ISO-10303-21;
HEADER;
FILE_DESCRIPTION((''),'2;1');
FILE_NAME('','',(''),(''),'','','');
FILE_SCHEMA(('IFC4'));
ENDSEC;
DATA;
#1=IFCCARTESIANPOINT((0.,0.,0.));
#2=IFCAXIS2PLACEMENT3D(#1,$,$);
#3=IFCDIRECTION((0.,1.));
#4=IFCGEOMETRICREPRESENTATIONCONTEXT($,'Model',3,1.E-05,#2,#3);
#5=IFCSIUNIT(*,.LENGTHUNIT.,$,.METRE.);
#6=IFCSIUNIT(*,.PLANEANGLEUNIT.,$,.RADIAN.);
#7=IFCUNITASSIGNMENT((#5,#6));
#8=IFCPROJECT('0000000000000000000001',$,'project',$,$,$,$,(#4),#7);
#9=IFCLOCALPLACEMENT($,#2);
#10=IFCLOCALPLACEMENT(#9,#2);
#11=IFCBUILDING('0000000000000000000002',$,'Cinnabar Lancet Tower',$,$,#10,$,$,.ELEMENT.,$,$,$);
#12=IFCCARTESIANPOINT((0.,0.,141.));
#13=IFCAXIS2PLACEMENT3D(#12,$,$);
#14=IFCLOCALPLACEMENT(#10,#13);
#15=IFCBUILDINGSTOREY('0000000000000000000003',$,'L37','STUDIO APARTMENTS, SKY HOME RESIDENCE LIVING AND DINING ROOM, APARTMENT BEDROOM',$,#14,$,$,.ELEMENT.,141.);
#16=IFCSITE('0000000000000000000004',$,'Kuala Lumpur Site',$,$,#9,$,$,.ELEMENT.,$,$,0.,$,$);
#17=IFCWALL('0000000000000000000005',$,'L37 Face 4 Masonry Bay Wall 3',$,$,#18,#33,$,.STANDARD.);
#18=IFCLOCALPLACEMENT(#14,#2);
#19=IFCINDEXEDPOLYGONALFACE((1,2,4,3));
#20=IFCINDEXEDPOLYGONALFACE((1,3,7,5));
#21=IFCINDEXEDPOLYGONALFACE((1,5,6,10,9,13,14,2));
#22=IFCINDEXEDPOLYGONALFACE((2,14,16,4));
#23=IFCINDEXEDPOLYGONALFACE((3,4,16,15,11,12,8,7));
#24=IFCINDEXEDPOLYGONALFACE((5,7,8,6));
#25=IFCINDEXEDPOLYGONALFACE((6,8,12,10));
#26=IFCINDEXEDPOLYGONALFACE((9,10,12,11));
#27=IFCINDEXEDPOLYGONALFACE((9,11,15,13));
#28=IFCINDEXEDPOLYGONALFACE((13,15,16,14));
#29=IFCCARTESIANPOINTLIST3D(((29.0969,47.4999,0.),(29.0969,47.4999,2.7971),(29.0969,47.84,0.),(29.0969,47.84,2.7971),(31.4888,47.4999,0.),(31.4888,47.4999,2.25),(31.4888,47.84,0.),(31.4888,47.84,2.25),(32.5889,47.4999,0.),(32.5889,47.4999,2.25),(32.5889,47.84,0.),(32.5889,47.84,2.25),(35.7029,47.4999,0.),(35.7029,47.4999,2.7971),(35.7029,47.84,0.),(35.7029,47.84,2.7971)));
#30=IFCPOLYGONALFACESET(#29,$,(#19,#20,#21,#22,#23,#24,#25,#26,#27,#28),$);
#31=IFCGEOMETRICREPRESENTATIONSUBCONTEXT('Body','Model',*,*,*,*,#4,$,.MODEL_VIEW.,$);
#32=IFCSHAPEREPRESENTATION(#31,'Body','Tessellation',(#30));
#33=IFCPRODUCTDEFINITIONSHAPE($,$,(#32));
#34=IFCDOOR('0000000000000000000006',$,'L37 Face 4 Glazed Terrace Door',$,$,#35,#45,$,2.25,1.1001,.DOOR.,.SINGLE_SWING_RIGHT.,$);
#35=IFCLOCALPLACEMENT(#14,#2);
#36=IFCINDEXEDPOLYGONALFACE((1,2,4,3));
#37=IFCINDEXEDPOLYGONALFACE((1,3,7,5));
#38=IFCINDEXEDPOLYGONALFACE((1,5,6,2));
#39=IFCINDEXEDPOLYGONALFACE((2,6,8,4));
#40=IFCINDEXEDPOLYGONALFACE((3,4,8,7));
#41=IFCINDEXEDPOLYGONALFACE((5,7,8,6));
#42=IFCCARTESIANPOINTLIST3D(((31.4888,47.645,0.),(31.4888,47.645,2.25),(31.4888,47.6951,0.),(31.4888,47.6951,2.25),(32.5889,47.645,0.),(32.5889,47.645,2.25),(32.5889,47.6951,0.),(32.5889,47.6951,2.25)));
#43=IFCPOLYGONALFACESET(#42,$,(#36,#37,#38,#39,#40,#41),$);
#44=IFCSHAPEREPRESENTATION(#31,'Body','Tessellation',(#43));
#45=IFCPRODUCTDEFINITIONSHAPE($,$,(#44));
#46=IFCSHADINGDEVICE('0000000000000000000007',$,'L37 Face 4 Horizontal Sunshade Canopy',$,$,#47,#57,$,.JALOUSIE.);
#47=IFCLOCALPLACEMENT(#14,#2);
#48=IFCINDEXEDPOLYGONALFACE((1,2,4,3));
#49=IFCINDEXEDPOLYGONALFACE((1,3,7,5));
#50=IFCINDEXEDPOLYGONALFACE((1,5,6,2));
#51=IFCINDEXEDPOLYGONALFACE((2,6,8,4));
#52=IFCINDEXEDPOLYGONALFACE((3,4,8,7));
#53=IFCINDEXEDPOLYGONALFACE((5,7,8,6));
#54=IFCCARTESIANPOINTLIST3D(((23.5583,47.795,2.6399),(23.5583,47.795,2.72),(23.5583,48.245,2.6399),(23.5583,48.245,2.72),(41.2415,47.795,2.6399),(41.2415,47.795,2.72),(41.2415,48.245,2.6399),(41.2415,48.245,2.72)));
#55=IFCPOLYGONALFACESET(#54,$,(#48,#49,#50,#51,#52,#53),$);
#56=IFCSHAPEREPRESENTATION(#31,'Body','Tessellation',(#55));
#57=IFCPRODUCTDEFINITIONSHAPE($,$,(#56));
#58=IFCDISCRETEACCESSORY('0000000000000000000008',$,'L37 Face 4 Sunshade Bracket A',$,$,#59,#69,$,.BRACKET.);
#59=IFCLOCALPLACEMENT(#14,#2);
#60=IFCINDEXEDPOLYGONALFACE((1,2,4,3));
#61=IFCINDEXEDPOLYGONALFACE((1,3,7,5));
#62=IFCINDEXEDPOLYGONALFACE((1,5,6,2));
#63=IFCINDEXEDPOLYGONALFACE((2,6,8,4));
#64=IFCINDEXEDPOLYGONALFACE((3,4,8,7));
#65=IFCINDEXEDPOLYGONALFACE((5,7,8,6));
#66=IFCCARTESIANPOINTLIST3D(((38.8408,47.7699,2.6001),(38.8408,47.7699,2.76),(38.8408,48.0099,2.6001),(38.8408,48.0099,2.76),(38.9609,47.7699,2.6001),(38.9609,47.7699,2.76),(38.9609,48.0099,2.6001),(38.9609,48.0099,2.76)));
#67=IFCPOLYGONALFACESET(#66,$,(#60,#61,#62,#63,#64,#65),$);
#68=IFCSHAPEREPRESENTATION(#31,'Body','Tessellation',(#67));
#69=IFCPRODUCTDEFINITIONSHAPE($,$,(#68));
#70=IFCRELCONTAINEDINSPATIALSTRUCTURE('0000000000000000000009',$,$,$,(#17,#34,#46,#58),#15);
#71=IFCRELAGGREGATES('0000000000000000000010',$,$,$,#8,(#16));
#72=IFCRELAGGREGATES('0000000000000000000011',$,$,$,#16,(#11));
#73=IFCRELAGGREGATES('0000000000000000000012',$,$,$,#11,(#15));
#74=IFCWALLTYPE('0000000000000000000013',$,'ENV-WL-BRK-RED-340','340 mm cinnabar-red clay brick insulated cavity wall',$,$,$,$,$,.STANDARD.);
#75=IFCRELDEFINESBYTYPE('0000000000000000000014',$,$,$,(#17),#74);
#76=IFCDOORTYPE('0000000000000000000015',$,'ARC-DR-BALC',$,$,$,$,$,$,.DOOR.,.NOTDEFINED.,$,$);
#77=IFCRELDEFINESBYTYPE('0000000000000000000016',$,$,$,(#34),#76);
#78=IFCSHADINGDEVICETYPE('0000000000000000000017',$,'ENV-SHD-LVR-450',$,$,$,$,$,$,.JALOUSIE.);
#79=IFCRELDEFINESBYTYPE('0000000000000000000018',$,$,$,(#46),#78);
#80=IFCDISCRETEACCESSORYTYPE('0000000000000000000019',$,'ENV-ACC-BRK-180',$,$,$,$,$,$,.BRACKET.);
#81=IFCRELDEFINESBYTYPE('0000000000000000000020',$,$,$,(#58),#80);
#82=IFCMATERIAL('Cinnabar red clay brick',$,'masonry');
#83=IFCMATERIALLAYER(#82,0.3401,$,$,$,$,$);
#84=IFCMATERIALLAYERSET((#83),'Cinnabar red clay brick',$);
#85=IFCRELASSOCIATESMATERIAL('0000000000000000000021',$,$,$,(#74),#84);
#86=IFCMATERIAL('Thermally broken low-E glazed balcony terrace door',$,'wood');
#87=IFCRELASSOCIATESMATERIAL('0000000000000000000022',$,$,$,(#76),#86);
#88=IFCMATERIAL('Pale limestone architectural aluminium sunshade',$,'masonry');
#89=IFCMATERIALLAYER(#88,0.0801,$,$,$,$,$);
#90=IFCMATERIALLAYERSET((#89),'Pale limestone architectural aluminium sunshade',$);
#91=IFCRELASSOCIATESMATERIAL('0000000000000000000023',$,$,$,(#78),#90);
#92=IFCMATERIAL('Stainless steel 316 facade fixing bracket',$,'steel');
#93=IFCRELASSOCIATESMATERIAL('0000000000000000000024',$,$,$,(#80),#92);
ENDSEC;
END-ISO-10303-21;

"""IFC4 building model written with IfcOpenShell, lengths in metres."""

from ifc_helpers import new_model, si_unit, direction, frame, frame_2d, origin, origin_2d, place, context, subcontext, project, spatial, rectangle, extrude, material, layer, layer_set, type_object, element, fill, save


model = new_model("IFC4")

# Units and contexts
model_context = context("Model", 3, precision=1e-05, world=origin(), true_north=direction((0.0, 1.0)))
body_context = subcontext(model_context, "Body", "Model", "MODEL_VIEW")
ifc_project = project(units=[si_unit("LENGTHUNIT", "METRE"), si_unit("PLANEANGLEUNIT", "RADIAN")], contexts=[model_context])

# Site, building, storey
site_placement = place(None, origin())
site = spatial("IfcSite", under=ifc_project, at=site_placement, Name="Kuala Lumpur Site", CompositionType="ELEMENT", RefElevation=0.0)
building_placement = place(site_placement, origin())
building = spatial("IfcBuilding", under=site, at=building_placement, Name="Cinnabar Lancet Tower", CompositionType="ELEMENT")
storey_placement = place(building_placement, frame((0.0, 0.0, 141.0)))
storey = spatial("IfcBuildingStorey", under=building, at=storey_placement, Name="L37", Description="STUDIO APARTMENTS, SKY HOME RESIDENCE LIVING AND DINING ROOM, APARTMENT BEDROOM", CompositionType="ELEMENT", Elevation=141.0)

# Shared definitions
ifc_material_1 = material(Name="Cinnabar red clay brick", Category="masonry")
ifc_layer_1 = layer(ifc_material_1, 0.3401)
ifc_layer_set_1 = layer_set([ifc_layer_1], Name="Cinnabar red clay brick")
wall_type_1 = type_object("IfcWallType", Name="ENV-WL-BRK-RED-340", Description="340 mm cinnabar-red clay brick insulated cavity wall", PredefinedType="STANDARD", material=ifc_layer_set_1)

# Wall, opening, door
wall_1_placement = place(storey_placement, frame((35.7029, 47.6699, 0.0), z_axis=(0.0, 0.0, 1.0), x_axis=(-1.0, 0.0, 0.0)))
wall_1 = element("IfcWall", 1, at=wall_1_placement, inside=storey, type_object=wall_type_1, Name="L37 Face 4 Masonry Bay Wall 3", PredefinedType="STANDARD", context=body_context, shape_type="SweptSolid", body=[
    extrude(rectangle(XDim=6.606, YDim=0.3401, at=frame_2d((3.303, 0.0))), origin(), (0.0, 0.0, 1.0), 2.7971),
])
opening_1_placement = place(wall_1_placement, frame((3.114, 0.0, 0.0)))
opening_1 = element("IfcOpeningElement", 2, at=opening_1_placement, cuts=wall_1, PredefinedType="OPENING", context=body_context, shape_type="SweptSolid", body=[
    extrude(rectangle(XDim=1.1001, YDim=2.25, at=frame_2d((0.55, 1.125))), frame((0.0, 0.1799, 0.0), z_axis=(0.0, -1.0, 0.0), x_axis=(1.0, 0.0, 0.0)), (0.0, 0.0, 1.0), 0.3601),
])
ifc_material_2 = material(Name="Thermally broken low-E glazed balcony terrace door", Category="wood")
door_type_1 = type_object("IfcDoorType", Name="ARC-DR-BALC", OperationType="NOTDEFINED", PredefinedType="DOOR", material=ifc_material_2)
door_1_placement = place(opening_1_placement, origin())
door_1 = element("IfcDoor", 3, at=door_1_placement, inside=storey, type_object=door_type_1, Name="L37 Face 4 Glazed Terrace Door", OperationType="SINGLE_SWING_RIGHT", OverallHeight=2.25, OverallWidth=1.1001, PredefinedType="DOOR", context=body_context, shape_type="SweptSolid", body=[
    extrude(rectangle(XDim=1.1001, YDim=2.25, at=frame_2d((0.55, 1.125))), frame((0.0, 0.0249, 0.0), z_axis=(0.0, -1.0, 0.0), x_axis=(1.0, 0.0, 0.0)), (0.0, 0.0, 1.0), 0.05),
])
fill(opening_1, door_1)

# Shading device
ifc_material_3 = material(Name="Pale limestone architectural aluminium sunshade", Category="masonry")
ifc_layer_2 = layer(ifc_material_3, 0.0801)
ifc_layer_set_2 = layer_set([ifc_layer_2], Name="Pale limestone architectural aluminium sunshade")
shading_device_type = type_object("IfcShadingDeviceType", Name="ENV-SHD-LVR-450", PredefinedType="JALOUSIE", material=ifc_layer_set_2)
shading_device_placement = place(storey_placement, frame((32.3999, 48.02, 2.6399), z_axis=(0.0, 0.0, 1.0), x_axis=(-1.0, 0.0, 0.0)))
element("IfcShadingDevice", 4, at=shading_device_placement, inside=storey, type_object=shading_device_type, Name="L37 Face 4 Horizontal Sunshade Canopy", PredefinedType="JALOUSIE", context=body_context, shape_type="SweptSolid", body=[
    extrude(rectangle(XDim=17.6831, YDim=0.45, at=origin_2d()), origin(), (0.0, 0.0, 1.0), 0.0801),
])

# Discrete accessory
ifc_material_4 = material(Name="Stainless steel 316 facade fixing bracket", Category="steel")
discrete_accessory_type = type_object("IfcDiscreteAccessoryType", Name="ENV-ACC-BRK-180", PredefinedType="BRACKET", material=ifc_material_4)
discrete_accessory_placement = place(storey_placement, frame((38.9009, 47.8899, 2.6001), z_axis=(0.0, 0.0, 1.0), x_axis=(-1.0, 0.0, 0.0)))
element("IfcDiscreteAccessory", 5, at=discrete_accessory_placement, inside=storey, type_object=discrete_accessory_type, Name="L37 Face 4 Sunshade Bracket A", PredefinedType="BRACKET", context=body_context, shape_type="SweptSolid", body=[
    extrude(rectangle(XDim=0.1201, YDim=0.24, at=origin_2d()), origin(), (0.0, 0.0, 1.0), 0.1599),
])

save(model, "model.ifc")
